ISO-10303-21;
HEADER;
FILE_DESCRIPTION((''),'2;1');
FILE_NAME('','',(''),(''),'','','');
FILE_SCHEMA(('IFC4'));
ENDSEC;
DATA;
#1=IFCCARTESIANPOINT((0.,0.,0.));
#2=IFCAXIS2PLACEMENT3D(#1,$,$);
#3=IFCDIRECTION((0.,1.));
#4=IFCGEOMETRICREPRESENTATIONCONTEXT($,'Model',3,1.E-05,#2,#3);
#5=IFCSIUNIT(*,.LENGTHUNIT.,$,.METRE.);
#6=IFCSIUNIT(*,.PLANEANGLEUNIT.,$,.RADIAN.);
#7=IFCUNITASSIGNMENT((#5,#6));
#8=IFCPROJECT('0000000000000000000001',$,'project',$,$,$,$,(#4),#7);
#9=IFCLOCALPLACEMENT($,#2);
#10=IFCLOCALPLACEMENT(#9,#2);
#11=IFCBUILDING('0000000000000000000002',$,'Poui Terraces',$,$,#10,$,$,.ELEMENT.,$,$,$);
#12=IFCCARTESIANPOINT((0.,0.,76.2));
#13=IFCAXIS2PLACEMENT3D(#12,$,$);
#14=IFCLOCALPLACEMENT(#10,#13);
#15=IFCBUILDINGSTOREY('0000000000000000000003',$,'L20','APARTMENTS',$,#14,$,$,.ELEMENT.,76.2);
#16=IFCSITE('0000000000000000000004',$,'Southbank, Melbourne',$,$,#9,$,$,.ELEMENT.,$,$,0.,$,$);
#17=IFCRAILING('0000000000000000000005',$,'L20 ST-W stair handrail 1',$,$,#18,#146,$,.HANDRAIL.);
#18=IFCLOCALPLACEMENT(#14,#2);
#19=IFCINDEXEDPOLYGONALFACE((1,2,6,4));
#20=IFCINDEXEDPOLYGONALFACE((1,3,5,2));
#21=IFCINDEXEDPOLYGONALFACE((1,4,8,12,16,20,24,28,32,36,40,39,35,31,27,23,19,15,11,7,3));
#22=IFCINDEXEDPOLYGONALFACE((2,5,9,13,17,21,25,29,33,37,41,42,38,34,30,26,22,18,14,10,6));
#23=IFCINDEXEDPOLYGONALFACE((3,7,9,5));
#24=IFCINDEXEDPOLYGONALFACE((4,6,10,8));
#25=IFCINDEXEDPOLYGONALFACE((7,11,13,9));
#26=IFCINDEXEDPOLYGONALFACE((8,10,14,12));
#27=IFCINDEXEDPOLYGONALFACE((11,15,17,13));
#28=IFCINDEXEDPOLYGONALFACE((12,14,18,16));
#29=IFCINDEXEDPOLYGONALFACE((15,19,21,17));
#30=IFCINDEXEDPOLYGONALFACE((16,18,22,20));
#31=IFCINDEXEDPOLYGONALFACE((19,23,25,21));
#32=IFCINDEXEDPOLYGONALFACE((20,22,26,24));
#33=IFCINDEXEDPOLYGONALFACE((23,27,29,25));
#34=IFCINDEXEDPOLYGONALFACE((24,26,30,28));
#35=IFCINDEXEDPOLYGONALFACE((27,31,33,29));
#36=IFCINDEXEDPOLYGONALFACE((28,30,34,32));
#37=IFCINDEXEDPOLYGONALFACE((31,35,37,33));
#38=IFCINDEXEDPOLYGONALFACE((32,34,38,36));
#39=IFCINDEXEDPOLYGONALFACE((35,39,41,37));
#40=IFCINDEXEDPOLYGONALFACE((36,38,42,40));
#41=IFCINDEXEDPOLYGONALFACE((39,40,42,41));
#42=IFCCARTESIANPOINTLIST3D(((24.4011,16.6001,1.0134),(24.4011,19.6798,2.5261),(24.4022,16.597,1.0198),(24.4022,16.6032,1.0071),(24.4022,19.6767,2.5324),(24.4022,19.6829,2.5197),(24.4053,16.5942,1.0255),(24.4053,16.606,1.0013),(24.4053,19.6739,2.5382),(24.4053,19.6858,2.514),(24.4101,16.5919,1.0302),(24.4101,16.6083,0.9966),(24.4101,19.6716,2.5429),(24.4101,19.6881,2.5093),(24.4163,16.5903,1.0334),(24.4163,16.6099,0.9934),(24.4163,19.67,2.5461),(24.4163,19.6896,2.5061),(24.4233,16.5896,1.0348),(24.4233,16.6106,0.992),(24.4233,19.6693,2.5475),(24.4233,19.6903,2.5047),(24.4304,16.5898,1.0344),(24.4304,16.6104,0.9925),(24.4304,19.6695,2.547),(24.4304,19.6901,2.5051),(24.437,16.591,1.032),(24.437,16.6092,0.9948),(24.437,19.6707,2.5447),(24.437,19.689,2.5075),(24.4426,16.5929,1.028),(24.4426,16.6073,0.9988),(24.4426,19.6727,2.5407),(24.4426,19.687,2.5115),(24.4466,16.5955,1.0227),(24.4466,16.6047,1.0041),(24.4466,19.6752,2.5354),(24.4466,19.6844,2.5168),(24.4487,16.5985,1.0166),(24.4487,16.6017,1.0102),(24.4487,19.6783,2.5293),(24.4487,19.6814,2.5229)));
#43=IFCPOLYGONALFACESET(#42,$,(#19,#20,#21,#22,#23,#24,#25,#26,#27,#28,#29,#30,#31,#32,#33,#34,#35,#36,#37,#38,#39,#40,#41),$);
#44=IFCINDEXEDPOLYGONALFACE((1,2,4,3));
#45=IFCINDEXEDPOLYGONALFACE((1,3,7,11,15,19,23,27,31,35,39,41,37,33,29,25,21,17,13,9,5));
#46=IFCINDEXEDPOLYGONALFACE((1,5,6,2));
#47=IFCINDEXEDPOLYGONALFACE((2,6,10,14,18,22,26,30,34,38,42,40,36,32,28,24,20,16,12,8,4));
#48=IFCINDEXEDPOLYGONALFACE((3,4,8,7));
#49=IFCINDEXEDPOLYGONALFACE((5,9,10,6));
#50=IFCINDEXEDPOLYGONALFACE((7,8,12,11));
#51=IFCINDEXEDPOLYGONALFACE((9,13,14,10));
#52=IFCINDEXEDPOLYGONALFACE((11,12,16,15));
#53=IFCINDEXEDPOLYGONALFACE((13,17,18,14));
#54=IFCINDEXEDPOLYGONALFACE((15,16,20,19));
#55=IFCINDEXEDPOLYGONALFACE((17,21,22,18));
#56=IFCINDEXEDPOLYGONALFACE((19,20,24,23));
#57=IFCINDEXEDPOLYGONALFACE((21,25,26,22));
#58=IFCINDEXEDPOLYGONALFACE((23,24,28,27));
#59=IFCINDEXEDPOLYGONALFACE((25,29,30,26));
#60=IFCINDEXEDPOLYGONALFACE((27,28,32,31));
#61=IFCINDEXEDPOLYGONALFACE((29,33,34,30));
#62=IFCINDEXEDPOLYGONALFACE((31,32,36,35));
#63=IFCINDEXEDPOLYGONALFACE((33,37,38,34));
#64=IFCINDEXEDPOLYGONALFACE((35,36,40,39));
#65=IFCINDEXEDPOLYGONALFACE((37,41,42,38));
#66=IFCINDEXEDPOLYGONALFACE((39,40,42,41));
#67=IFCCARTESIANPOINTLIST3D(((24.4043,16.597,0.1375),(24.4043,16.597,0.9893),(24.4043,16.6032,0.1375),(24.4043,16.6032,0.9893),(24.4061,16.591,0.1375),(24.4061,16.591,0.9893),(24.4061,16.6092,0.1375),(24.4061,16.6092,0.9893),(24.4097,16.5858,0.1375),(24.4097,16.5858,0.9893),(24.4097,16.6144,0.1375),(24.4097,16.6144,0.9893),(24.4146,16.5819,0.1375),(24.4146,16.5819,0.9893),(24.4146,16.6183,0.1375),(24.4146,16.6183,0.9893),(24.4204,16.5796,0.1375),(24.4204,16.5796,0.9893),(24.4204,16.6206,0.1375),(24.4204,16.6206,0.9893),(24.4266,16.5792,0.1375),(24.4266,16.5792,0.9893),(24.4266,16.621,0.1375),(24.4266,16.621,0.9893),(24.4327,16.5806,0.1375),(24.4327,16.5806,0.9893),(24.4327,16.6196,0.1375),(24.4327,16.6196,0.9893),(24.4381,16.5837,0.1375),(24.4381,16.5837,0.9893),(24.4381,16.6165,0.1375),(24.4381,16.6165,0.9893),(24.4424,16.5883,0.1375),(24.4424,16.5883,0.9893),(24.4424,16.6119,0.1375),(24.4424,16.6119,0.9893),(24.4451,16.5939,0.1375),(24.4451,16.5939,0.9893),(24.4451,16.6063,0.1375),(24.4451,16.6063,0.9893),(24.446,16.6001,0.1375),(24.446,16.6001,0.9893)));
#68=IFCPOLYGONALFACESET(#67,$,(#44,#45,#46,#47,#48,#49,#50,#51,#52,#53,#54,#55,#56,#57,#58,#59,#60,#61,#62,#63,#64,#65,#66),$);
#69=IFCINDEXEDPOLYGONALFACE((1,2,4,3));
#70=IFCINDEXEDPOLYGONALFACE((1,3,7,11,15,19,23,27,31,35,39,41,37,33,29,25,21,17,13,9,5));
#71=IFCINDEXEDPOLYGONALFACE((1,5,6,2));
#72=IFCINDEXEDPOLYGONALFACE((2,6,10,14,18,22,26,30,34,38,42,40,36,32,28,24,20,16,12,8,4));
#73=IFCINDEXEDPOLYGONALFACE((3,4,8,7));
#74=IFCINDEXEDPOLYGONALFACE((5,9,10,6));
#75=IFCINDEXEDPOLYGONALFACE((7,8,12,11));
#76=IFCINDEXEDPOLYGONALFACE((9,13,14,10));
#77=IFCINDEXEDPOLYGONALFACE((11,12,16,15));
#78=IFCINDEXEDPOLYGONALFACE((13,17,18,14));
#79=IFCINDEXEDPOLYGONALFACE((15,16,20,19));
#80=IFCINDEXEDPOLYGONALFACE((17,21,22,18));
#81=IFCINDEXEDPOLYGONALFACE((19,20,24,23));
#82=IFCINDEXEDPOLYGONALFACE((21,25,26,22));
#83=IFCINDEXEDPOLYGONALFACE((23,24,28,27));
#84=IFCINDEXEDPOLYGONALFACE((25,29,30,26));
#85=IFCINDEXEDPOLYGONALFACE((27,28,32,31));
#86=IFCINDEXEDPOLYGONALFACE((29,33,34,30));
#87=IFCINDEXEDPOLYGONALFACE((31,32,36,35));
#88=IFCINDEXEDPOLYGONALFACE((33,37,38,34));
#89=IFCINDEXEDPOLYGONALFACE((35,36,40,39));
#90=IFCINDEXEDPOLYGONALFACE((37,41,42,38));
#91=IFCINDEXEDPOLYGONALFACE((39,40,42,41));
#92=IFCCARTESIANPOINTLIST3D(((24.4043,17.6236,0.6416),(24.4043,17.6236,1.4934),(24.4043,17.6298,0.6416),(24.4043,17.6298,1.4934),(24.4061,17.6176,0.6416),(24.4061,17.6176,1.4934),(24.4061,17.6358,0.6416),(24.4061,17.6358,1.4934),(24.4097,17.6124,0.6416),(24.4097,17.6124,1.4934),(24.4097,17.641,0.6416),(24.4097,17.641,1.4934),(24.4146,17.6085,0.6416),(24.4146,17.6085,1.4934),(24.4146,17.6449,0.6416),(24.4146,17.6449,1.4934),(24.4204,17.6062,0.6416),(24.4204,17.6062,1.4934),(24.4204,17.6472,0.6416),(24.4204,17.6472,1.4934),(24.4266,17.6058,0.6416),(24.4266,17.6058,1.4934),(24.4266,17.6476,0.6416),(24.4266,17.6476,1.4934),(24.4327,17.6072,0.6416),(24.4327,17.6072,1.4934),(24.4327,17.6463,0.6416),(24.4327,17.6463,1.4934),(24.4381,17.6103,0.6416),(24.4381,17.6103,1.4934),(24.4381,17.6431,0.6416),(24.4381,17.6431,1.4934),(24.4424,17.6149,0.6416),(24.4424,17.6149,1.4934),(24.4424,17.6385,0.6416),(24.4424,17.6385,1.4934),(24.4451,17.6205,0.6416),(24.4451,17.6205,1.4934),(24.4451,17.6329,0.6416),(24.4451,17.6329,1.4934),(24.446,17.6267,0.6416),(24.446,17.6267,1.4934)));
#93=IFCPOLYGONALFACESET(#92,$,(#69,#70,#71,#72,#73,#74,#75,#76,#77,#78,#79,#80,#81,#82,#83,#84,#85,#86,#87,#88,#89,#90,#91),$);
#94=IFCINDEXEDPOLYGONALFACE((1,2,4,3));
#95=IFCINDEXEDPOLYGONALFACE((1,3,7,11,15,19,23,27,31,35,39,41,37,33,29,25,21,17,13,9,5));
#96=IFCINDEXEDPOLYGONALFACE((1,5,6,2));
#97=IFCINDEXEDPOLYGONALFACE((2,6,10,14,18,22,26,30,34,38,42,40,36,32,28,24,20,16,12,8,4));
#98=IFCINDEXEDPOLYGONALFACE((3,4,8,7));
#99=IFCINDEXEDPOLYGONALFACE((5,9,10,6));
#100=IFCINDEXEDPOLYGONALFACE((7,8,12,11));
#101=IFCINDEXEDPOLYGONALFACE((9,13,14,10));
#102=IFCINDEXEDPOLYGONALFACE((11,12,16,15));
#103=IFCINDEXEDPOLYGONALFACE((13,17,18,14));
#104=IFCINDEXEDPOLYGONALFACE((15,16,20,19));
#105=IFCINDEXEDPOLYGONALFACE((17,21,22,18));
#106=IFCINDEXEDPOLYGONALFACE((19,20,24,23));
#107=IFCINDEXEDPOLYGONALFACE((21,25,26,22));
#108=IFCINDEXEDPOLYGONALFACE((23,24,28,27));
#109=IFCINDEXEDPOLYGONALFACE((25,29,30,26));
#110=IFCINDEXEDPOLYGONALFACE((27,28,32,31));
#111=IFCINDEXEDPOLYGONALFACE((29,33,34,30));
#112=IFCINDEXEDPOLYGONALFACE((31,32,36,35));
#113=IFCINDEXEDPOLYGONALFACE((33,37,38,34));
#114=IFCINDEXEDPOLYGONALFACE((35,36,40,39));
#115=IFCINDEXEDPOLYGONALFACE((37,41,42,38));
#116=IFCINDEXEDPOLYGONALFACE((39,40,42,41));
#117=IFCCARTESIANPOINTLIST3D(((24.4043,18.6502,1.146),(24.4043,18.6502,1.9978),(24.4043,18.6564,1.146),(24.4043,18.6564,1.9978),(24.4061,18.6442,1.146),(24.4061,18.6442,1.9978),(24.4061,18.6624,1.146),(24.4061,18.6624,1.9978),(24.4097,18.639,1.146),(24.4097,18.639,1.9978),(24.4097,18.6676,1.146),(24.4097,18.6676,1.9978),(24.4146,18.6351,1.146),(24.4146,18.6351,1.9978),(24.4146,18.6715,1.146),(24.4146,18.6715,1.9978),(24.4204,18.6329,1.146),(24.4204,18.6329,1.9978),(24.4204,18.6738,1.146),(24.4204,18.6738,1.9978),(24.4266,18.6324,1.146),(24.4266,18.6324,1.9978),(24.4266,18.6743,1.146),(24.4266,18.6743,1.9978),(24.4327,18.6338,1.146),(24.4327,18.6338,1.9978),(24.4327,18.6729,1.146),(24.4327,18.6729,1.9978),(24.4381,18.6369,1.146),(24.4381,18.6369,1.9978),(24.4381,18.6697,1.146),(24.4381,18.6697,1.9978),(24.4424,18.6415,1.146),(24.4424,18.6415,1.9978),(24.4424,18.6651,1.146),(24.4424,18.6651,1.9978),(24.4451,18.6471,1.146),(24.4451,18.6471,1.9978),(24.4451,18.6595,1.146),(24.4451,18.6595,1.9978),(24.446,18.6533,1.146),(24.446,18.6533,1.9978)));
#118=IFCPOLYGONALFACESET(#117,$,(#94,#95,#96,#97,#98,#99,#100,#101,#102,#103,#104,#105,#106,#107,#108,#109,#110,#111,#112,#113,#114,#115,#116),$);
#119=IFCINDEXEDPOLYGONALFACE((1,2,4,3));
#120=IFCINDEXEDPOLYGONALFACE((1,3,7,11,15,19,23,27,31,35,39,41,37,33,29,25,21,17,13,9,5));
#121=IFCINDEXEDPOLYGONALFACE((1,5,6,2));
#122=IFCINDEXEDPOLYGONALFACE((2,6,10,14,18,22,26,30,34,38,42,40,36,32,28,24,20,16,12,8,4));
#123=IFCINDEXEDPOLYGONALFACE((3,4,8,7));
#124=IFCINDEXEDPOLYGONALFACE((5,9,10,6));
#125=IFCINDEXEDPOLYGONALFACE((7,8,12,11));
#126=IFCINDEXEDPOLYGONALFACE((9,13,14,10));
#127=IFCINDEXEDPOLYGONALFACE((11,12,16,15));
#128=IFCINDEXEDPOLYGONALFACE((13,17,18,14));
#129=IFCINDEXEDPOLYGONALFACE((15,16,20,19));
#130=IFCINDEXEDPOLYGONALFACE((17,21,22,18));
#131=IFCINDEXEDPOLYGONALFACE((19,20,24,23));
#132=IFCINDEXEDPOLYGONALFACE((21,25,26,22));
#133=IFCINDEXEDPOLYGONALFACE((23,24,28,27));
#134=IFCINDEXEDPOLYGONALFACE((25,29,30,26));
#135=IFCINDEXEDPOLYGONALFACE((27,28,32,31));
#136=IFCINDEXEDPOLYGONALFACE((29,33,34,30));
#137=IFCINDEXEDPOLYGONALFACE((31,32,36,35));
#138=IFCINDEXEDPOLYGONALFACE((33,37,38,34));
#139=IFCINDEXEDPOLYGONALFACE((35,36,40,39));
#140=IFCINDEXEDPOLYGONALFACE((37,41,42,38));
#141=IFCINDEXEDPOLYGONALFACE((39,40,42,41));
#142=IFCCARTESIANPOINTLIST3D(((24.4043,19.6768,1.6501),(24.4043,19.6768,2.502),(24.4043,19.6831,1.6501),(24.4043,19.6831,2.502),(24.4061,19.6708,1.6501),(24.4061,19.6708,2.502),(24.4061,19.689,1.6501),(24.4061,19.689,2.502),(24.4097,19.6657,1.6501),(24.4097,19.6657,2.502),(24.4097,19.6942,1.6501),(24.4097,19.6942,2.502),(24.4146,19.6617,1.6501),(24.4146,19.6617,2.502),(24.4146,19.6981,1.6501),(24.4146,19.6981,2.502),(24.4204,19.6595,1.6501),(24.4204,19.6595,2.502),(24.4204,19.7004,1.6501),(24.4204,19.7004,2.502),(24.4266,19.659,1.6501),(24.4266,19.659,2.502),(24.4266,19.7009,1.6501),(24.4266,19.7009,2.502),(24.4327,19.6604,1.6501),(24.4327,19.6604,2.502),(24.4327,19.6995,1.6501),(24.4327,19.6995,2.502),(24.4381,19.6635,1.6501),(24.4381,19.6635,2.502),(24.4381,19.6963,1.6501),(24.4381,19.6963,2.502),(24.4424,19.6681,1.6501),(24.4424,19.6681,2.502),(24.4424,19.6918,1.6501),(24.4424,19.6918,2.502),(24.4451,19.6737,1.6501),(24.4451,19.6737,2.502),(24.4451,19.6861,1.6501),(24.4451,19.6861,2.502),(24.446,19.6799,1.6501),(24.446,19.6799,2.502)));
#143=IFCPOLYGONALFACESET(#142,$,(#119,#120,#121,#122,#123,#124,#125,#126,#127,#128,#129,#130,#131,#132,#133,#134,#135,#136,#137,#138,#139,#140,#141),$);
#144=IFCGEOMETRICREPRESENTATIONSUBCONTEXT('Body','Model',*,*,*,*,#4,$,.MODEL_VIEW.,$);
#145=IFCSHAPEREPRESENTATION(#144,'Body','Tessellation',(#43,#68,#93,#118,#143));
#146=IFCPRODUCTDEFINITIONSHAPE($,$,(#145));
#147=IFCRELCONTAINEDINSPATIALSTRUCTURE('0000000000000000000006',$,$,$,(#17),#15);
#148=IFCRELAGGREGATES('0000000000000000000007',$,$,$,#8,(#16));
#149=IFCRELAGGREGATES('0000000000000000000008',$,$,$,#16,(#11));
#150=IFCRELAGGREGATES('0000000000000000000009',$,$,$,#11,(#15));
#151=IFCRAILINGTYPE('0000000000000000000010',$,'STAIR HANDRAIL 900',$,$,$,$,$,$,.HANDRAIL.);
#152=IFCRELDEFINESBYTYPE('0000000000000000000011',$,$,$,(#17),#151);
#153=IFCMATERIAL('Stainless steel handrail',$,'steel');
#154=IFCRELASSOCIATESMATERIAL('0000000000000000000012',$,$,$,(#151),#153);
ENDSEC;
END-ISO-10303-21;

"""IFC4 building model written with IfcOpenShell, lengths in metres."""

from ifc_helpers import new_model, si_unit, direction, frame, origin, origin_2d, place, context, subcontext, project, spatial, circle, extrude, material, type_object, element, save


model = new_model("IFC4")

# Units and contexts
model_context = context("Model", 3, precision=1e-05, world=origin(), true_north=direction((0.0, 1.0)))
body_context = subcontext(model_context, "Body", "Model", "MODEL_VIEW")
ifc_project = project(units=[si_unit("LENGTHUNIT", "METRE"), si_unit("PLANEANGLEUNIT", "RADIAN")], contexts=[model_context])

# Site, building, storey
site_placement = place(None, origin())
site = spatial("IfcSite", under=ifc_project, at=site_placement, Name="Southbank, Melbourne", CompositionType="ELEMENT", RefElevation=0.0)
building_placement = place(site_placement, origin())
building = spatial("IfcBuilding", under=site, at=building_placement, Name="Poui Terraces", CompositionType="ELEMENT")
storey_placement = place(building_placement, frame((0.0, 0.0, 76.2)))
storey = spatial("IfcBuildingStorey", under=building, at=storey_placement, Name="L20", Description="APARTMENTS", CompositionType="ELEMENT", Elevation=76.2)

# Railing
ifc_material_1 = material(Name="Stainless steel handrail", Category="steel")
railing_type_1 = type_object("IfcRailingType", Name="STAIR HANDRAIL 900", PredefinedType="HANDRAIL", material=ifc_material_1)
railing_1_placement = place(storey_placement, frame((24.425, 16.6001, 0.1375)))
element("IfcRailing", 1, at=railing_1_placement, inside=storey, type_object=railing_type_1, Name="L20 ST-W stair handrail 1", PredefinedType="HANDRAIL", context=body_context, shape_type="SweptSolid", body=[
    extrude(circle(Radius=0.0239, at=origin_2d()), frame((0.0, 0.0, 0.876), z_axis=(0.0, 0.897578, 0.440856), x_axis=(-1.0, 0.0, 0.0)), (0.0, 0.0, 1.0), 3.4312),
    extrude(circle(Radius=0.021, at=origin_2d()), origin(), (0.0, 0.0, 1.0), 0.8518),
    extrude(circle(Radius=0.021, at=origin_2d()), frame((0.0, 1.0266, 0.5042)), (0.0, 0.0, 1.0), 0.8518),
    extrude(circle(Radius=0.021, at=origin_2d()), frame((0.0, 2.0532, 1.0085)), (0.0, 0.0, 1.0), 0.8518),
    extrude(circle(Radius=0.021, at=origin_2d()), frame((0.0, 3.0798, 1.5127)), (0.0, 0.0, 1.0), 0.8518),
])

save(model, "model.ifc")
